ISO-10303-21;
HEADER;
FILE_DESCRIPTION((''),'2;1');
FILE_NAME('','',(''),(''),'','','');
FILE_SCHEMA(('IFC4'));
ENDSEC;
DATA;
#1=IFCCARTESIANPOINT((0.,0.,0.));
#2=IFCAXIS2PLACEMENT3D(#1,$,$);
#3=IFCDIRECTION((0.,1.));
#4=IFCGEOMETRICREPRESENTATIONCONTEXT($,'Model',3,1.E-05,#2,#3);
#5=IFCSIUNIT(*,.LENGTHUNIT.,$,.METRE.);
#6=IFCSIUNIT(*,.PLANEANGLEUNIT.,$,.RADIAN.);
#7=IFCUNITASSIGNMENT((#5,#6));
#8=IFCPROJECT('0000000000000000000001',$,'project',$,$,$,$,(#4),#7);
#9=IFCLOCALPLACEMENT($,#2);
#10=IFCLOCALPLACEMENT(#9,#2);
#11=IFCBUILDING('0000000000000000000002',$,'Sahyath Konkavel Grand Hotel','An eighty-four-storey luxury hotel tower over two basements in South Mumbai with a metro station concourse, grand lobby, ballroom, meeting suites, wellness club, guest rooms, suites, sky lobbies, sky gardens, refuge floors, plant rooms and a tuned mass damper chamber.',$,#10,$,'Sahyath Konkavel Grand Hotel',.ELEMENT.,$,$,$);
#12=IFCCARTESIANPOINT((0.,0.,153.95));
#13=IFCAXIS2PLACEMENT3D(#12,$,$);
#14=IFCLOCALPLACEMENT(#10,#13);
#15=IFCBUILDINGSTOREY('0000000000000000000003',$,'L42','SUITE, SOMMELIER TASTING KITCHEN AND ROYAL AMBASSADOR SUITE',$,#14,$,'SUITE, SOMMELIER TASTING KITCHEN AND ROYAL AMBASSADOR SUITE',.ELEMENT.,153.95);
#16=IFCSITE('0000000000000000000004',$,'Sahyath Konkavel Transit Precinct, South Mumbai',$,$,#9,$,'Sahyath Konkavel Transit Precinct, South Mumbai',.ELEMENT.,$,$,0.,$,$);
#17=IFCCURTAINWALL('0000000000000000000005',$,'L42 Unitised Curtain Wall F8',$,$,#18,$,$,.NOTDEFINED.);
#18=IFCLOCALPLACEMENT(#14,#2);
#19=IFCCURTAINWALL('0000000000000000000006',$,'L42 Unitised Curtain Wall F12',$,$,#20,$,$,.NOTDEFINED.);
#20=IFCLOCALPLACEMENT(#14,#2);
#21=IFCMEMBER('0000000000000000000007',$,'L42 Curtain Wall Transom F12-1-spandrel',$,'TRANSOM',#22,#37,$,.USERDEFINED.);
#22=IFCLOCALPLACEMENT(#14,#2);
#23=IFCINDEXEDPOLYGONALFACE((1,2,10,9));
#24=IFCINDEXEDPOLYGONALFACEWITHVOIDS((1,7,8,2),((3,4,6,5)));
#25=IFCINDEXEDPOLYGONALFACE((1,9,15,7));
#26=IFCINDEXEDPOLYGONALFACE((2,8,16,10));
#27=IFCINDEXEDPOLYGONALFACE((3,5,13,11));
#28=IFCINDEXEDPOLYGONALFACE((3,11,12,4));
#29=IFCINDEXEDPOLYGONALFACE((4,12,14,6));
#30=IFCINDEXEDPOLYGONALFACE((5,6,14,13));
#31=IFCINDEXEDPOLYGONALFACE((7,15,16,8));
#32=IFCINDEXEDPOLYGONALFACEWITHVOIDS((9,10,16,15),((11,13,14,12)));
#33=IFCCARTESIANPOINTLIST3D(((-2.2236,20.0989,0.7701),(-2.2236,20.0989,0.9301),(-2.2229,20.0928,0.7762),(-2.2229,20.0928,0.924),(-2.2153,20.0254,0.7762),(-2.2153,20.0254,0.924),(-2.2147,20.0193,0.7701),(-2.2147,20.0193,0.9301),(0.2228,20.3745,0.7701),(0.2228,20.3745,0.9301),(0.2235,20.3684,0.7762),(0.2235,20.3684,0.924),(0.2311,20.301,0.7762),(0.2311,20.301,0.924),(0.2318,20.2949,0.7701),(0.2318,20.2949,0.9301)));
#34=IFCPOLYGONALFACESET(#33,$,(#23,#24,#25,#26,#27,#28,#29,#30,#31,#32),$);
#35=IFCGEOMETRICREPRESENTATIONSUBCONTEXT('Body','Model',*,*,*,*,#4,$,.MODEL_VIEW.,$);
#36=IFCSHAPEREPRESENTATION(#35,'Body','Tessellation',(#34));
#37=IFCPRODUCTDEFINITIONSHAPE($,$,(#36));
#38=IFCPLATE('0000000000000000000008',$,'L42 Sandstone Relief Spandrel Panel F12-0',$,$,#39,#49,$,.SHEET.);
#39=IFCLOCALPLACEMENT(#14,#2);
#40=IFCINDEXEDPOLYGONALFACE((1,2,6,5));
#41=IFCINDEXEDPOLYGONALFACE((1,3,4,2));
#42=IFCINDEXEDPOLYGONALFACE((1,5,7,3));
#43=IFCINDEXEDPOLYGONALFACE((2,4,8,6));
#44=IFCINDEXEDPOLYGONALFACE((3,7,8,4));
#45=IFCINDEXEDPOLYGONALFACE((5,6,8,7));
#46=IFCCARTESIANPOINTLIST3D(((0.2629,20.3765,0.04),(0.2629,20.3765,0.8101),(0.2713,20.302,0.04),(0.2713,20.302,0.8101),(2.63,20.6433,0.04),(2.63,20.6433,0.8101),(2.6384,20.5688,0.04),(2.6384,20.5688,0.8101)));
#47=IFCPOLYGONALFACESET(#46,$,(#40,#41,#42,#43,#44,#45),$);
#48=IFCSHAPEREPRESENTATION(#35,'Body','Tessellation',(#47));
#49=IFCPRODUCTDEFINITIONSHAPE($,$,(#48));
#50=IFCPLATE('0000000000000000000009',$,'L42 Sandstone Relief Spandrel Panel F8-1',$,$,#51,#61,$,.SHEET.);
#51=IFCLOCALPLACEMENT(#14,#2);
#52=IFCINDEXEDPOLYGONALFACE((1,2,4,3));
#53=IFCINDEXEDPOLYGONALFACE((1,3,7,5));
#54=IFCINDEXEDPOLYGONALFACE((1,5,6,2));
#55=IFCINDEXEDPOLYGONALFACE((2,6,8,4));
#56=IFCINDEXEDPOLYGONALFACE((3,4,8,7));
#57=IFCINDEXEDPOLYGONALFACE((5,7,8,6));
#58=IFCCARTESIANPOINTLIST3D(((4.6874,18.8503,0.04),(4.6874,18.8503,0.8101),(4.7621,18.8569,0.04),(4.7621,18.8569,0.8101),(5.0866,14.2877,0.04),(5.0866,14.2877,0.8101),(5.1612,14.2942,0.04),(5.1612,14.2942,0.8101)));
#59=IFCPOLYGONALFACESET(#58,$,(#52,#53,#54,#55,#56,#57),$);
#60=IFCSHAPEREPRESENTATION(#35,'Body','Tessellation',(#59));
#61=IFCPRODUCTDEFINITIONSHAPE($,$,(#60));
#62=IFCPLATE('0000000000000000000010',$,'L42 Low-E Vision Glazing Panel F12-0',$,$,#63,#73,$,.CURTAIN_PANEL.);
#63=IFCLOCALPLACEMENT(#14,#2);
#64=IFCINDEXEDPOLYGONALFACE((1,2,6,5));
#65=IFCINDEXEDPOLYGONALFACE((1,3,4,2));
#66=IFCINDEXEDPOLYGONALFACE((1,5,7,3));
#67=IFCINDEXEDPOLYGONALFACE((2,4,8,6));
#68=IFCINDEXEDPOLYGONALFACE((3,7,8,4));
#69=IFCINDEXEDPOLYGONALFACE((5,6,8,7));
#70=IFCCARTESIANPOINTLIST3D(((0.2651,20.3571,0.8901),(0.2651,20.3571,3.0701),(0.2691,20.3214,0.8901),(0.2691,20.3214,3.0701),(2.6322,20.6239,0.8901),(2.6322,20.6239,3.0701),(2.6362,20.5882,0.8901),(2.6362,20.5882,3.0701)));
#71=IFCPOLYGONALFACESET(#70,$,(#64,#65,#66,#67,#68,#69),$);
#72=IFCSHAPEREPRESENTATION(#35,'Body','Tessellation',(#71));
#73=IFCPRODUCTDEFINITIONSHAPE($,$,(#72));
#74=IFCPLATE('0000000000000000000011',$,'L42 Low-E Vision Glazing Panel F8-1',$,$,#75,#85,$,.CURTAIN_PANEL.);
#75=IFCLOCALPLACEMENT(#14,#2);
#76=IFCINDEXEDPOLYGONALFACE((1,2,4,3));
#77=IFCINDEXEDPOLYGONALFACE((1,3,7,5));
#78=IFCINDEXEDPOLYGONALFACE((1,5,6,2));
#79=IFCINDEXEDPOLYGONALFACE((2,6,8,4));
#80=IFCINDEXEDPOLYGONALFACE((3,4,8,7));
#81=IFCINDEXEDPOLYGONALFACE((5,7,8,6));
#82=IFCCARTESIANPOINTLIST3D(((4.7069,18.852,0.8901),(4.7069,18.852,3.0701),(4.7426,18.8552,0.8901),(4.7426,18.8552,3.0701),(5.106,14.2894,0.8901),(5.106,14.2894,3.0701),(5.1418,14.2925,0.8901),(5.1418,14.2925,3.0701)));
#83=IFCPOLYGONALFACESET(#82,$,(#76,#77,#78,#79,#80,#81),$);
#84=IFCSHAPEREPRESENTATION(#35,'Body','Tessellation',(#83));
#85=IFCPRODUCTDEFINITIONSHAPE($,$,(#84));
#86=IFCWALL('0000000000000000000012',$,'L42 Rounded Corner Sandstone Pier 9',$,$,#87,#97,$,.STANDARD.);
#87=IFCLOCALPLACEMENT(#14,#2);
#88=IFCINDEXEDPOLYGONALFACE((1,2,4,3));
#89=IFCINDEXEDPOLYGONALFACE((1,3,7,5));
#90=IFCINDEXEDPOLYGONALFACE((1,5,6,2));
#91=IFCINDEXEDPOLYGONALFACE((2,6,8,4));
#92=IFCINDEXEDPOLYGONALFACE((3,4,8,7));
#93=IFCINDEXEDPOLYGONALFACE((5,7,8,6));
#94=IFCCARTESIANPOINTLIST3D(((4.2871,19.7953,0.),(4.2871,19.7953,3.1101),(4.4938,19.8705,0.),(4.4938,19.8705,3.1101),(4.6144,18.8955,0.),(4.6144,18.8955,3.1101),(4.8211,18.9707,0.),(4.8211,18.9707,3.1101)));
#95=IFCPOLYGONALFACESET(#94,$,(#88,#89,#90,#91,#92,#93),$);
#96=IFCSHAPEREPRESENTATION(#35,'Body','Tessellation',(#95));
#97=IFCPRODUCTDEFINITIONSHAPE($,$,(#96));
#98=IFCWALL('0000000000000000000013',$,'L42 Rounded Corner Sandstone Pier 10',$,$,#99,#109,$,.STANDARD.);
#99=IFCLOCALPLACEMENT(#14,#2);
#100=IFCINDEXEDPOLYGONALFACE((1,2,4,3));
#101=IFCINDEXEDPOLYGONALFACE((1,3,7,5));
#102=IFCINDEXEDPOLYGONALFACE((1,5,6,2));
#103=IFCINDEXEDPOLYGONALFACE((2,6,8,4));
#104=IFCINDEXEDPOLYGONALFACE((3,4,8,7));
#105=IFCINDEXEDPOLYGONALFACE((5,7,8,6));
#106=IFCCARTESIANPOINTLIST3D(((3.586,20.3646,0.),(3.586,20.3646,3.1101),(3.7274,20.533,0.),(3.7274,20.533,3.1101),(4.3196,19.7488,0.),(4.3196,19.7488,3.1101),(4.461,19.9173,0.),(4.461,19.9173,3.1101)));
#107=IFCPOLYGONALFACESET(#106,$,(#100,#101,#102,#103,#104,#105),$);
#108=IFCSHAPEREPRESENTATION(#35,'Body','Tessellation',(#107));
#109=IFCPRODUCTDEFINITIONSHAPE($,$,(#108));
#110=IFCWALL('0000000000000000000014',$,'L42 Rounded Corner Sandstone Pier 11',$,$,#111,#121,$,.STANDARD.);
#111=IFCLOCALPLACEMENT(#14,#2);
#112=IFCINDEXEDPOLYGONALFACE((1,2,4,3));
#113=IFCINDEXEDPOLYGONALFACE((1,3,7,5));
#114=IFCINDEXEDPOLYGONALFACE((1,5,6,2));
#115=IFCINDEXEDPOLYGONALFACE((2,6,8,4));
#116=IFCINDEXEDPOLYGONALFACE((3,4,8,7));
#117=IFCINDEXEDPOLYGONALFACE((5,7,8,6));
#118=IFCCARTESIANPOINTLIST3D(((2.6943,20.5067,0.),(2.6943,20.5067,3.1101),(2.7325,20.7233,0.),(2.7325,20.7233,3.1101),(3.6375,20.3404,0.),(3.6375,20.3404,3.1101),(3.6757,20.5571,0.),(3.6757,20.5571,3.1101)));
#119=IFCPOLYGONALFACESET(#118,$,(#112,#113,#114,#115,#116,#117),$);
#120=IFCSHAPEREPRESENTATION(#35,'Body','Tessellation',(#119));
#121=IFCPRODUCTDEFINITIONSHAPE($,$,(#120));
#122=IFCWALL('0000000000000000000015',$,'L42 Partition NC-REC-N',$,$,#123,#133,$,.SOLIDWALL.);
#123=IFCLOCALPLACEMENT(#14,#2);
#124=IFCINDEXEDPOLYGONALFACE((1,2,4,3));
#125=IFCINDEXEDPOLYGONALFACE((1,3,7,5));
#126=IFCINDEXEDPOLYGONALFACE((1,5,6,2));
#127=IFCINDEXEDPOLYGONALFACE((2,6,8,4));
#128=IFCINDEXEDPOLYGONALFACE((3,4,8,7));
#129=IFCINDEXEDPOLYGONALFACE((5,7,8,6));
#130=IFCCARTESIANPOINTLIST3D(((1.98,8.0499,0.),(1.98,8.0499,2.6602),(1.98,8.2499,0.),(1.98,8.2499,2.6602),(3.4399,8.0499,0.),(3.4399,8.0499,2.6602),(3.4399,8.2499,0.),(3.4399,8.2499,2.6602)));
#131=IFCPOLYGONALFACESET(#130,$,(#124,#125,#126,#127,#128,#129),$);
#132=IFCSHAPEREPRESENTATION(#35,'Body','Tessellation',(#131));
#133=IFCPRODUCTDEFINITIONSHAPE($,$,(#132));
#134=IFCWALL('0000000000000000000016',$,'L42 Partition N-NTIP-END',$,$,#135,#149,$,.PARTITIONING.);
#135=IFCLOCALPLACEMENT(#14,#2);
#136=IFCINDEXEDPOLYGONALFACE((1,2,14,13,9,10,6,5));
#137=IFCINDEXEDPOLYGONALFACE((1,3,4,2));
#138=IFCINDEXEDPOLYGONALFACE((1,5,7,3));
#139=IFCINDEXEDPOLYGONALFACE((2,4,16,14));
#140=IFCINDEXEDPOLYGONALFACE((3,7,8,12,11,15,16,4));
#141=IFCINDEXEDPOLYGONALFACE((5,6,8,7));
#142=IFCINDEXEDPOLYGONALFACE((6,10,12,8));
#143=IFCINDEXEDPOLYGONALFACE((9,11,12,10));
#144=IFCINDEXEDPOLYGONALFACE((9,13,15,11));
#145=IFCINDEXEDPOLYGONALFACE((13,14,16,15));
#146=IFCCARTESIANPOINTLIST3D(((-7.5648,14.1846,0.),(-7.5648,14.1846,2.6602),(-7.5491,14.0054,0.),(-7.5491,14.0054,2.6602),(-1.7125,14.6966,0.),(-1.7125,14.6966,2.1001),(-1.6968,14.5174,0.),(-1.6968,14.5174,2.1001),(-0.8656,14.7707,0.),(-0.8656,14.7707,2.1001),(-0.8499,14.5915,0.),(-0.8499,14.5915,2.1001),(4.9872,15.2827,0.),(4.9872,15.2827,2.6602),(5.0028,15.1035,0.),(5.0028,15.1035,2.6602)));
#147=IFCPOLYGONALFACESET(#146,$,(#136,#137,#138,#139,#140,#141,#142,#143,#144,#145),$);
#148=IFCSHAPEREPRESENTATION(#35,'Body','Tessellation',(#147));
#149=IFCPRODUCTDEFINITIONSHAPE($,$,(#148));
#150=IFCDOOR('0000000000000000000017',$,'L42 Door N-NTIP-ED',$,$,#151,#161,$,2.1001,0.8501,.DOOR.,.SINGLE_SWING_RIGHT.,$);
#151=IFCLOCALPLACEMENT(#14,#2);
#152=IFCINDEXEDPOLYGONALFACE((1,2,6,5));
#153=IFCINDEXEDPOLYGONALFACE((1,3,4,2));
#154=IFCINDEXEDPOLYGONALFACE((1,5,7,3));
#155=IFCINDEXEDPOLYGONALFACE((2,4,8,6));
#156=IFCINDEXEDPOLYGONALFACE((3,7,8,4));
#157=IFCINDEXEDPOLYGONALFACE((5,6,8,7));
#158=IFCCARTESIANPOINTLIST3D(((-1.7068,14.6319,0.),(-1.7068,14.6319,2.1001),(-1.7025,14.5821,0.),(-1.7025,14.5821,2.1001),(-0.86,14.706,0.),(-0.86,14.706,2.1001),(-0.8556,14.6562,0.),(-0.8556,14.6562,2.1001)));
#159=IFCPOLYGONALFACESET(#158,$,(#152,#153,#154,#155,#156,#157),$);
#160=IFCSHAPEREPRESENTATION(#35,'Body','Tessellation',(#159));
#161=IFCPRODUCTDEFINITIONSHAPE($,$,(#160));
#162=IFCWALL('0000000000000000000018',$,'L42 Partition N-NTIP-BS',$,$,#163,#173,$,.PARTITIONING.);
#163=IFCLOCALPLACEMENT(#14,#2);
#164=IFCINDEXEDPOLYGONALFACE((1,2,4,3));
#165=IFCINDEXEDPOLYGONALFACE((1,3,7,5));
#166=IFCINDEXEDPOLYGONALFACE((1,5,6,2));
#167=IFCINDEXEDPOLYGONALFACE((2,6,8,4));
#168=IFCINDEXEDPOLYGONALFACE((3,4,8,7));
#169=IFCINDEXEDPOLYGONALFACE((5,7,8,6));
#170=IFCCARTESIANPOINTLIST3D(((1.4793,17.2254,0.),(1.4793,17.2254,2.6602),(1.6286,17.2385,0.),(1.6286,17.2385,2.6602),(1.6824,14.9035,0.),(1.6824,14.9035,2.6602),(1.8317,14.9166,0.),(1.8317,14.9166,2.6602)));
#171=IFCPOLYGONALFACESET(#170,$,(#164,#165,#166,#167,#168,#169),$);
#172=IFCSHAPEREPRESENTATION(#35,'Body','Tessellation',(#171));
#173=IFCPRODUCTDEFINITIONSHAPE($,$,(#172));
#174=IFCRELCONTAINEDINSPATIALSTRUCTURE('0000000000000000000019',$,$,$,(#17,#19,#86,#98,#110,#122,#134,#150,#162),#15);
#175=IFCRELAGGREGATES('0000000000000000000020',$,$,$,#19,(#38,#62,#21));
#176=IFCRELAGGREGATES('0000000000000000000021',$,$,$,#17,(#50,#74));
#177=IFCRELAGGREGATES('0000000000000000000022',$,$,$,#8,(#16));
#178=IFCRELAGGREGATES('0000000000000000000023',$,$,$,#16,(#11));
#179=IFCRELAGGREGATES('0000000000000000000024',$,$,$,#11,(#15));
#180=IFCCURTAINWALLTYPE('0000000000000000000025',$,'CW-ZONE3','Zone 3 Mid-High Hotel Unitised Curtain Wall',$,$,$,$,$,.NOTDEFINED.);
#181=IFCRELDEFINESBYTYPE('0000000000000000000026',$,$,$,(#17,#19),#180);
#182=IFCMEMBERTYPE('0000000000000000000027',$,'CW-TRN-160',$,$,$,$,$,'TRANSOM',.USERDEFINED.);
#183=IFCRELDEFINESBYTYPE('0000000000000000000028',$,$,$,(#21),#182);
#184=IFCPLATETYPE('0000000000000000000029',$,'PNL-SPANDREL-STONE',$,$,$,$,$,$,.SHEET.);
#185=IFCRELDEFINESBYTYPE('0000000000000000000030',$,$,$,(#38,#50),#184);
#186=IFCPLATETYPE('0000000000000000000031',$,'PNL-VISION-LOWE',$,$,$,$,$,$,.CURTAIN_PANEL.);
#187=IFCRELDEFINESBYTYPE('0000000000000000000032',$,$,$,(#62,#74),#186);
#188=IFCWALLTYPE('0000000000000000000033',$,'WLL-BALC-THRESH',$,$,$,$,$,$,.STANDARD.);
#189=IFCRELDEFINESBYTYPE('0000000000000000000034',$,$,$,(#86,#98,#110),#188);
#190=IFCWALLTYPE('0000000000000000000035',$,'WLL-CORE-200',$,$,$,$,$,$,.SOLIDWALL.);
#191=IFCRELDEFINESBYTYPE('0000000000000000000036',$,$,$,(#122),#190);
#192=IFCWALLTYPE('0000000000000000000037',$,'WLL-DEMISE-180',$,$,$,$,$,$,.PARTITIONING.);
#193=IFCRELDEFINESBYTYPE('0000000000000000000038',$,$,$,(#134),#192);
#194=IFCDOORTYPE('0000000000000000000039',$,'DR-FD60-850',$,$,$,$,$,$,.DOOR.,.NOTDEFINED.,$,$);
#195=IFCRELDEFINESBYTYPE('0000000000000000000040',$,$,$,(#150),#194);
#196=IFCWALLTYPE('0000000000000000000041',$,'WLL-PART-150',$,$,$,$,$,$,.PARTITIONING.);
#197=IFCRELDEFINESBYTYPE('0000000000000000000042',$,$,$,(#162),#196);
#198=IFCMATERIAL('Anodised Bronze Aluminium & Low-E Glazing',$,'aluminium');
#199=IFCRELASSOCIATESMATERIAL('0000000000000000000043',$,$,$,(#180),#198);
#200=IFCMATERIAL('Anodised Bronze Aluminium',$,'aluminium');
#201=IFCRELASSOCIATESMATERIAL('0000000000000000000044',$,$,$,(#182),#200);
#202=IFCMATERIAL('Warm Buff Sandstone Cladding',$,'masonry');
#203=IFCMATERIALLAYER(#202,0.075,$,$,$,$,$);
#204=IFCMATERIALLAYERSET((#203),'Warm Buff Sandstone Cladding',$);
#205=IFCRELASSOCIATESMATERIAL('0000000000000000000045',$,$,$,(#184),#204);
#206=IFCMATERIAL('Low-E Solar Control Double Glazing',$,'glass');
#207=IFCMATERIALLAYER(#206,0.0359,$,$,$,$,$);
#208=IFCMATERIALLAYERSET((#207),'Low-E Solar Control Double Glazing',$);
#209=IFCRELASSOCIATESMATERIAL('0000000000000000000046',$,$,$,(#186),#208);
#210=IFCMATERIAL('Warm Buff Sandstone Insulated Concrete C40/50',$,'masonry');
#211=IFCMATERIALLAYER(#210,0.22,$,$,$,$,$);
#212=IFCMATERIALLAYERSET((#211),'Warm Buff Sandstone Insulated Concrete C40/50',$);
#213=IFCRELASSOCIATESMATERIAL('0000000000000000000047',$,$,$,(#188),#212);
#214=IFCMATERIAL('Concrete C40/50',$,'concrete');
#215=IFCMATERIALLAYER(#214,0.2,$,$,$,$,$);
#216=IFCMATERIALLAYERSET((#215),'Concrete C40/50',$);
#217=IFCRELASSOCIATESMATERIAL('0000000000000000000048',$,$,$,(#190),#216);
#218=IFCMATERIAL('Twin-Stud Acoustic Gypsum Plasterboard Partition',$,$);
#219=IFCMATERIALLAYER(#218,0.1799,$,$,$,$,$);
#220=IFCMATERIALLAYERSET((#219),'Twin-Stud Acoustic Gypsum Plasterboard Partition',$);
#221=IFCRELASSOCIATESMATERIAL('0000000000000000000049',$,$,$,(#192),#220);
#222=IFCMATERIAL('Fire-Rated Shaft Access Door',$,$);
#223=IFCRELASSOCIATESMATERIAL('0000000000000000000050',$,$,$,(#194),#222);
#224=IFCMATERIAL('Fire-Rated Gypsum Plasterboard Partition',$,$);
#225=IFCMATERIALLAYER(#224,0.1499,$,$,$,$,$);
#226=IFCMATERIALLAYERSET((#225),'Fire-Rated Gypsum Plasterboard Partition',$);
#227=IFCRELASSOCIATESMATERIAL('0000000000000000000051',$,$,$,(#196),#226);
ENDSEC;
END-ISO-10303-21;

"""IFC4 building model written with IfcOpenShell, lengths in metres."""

from ifc_helpers import new_model, si_unit, direction, frame, frame_2d, origin, origin_2d, place, context, subcontext, project, spatial, rectangle, hollow_rectangle, extrude, source, transform, mapped, material, layer, layer_set, material_profile, profile_set, type_object, element, fill, aggregate, save


model = new_model("IFC4")

# Units and contexts
model_context = context("Model", 3, precision=1e-05, world=origin(), true_north=direction((0.0, 1.0)))
body_context = subcontext(model_context, "Body", "Model", "MODEL_VIEW")
ifc_project = project(units=[si_unit("LENGTHUNIT", "METRE"), si_unit("PLANEANGLEUNIT", "RADIAN")], contexts=[model_context])

# Site, building, storey
site_placement = place(None, origin())
site = spatial("IfcSite", under=ifc_project, at=site_placement, Name="Sahyath Konkavel Transit Precinct, South Mumbai", LongName="Sahyath Konkavel Transit Precinct, South Mumbai", CompositionType="ELEMENT", RefElevation=0.0)
building_placement = place(site_placement, origin())
building = spatial("IfcBuilding", under=site, at=building_placement, Name="Sahyath Konkavel Grand Hotel", Description="An eighty-four-storey luxury hotel tower over two basements in South Mumbai with a metro station concourse, grand lobby, ballroom, meeting suites, wellness club, guest rooms, suites, sky lobbies, sky gardens, refuge floors, plant rooms and a tuned mass damper chamber.", LongName="Sahyath Konkavel Grand Hotel", CompositionType="ELEMENT")
storey_placement = place(building_placement, frame((0.0, 0.0, 153.95)))
storey = spatial("IfcBuildingStorey", under=building, at=storey_placement, Name="L42", Description="SUITE, SOMMELIER TASTING KITCHEN AND ROYAL AMBASSADOR SUITE", LongName="SUITE, SOMMELIER TASTING KITCHEN AND ROYAL AMBASSADOR SUITE", CompositionType="ELEMENT", Elevation=153.95)

# Shared definitions
ifc_material_1 = material(Name="Concrete C40/50", Category="concrete")

# Curtain wall
ifc_material_2 = material(Name="Anodised Bronze Aluminium & Low-E Glazing", Category="aluminium")
curtain_wall_type = type_object("IfcCurtainWallType", Name="CW-ZONE3", Description="Zone 3 Mid-High Hotel Unitised Curtain Wall", PredefinedType="NOTDEFINED", material=ifc_material_2)
curtain_wall_1_placement = place(storey_placement, origin())
curtain_wall_1 = element("IfcCurtainWall", 1, at=curtain_wall_1_placement, inside=storey, type_object=curtain_wall_type, Name="L42 Unitised Curtain Wall F8", PredefinedType="NOTDEFINED")
ifc_material_3 = material(Name="Anodised Bronze Aluminium", Category="aluminium")

# Curtain wall, member, plate
curtain_wall_2_placement = place(storey_placement, origin())
curtain_wall_2 = element("IfcCurtainWall", 2, at=curtain_wall_2_placement, inside=storey, type_object=curtain_wall_type, Name="L42 Unitised Curtain Wall F12", PredefinedType="NOTDEFINED")
ifc_material_profile_1 = material_profile(ifc_material_3, hollow_rectangle(XDim=0.0801, YDim=0.1599, WallThickness=0.0061, at=origin_2d()), Name="RHS 160x80x6")
ifc_profile_set_1 = profile_set([ifc_material_profile_1], Name="Anodised Bronze Aluminium")
member_type_1 = type_object("IfcMemberType", Name="CW-TRN-160", ElementType="TRANSOM", PredefinedType="USERDEFINED", material=ifc_profile_set_1)
shared_shape_1 = source(origin(), body_context, "Body", "SweptSolid", [
    extrude(hollow_rectangle(XDim=0.0801, YDim=0.1599, WallThickness=0.0061, at=origin_2d()), origin(), (0.0, 0.0, 1.0), 2.4619),
])
member_1_placement = place(storey_placement, frame((0.2273, 20.3347, 0.8501), z_axis=(-0.993713, -0.111955, 0.0), x_axis=(0.111955, -0.993713, 0.0)))
member_1 = element("IfcMember", 3, at=member_1_placement, type_object=member_type_1, Name="L42 Curtain Wall Transom F12-1-spandrel", ObjectType="TRANSOM", PredefinedType="USERDEFINED", context=body_context, shape_type="MappedRepresentation", body=[
    mapped(shared_shape_1, transform((0.0, 0.0, 0.0), scale=1.0)),
])
ifc_material_4 = material(Name="Warm Buff Sandstone Cladding", Category="masonry")
ifc_layer_1 = layer(ifc_material_4, 0.075)
ifc_layer_set_1 = layer_set([ifc_layer_1], Name="Warm Buff Sandstone Cladding")
plate_type_1 = type_object("IfcPlateType", Name="PNL-SPANDREL-STONE", PredefinedType="SHEET", material=ifc_layer_set_1)
shared_shape_2 = source(origin(), body_context, "Body", "SweptSolid", [
    extrude(rectangle(XDim=2.3821, YDim=0.075, at=origin_2d()), origin(), (0.0, 0.0, 1.0), 0.77),
])
plate_1_placement = place(storey_placement, frame((1.4507, 20.4727, 0.04), z_axis=(0.0, 0.0, 1.0), x_axis=(-0.993707, -0.112007, 0.0)))
plate_1 = element("IfcPlate", 4, at=plate_1_placement, type_object=plate_type_1, Name="L42 Sandstone Relief Spandrel Panel F12-0", PredefinedType="SHEET", context=body_context, shape_type="MappedRepresentation", body=[
    mapped(shared_shape_2, transform((0.0, 0.0, 0.0), scale=1.0)),
])

# Plates
shared_shape_3 = source(origin(), body_context, "Body", "SweptSolid", [
    extrude(rectangle(XDim=4.5801, YDim=0.075, at=origin_2d()), origin(), (0.0, 0.0, 1.0), 0.77),
])
plate_2_placement = place(storey_placement, frame((4.9243, 16.5723, 0.04), z_axis=(0.0, 0.0, 1.0), x_axis=(-0.087156, 0.996195, 0.0)))
plate_2 = element("IfcPlate", 5, at=plate_2_placement, type_object=plate_type_1, Name="L42 Sandstone Relief Spandrel Panel F8-1", PredefinedType="SHEET", context=body_context, shape_type="MappedRepresentation", body=[
    mapped(shared_shape_3, transform((0.0, 0.0, 0.0), scale=1.0)),
])
ifc_material_5 = material(Name="Low-E Solar Control Double Glazing", Category="glass")
ifc_layer_2 = layer(ifc_material_5, 0.0359)
ifc_layer_set_2 = layer_set([ifc_layer_2], Name="Low-E Solar Control Double Glazing")
plate_type_2 = type_object("IfcPlateType", Name="PNL-VISION-LOWE", PredefinedType="CURTAIN_PANEL", material=ifc_layer_set_2)
shared_shape_4 = source(origin(), body_context, "Body", "SweptSolid", [
    extrude(rectangle(XDim=2.3821, YDim=0.0359, at=origin_2d()), origin(), (0.0, 0.0, 1.0), 2.1799),
])
plate_3_placement = place(storey_placement, frame((1.4507, 20.4727, 0.8901), z_axis=(0.0, 0.0, 1.0), x_axis=(-0.993707, -0.112007, 0.0)))
plate_3 = element("IfcPlate", 6, at=plate_3_placement, type_object=plate_type_2, Name="L42 Low-E Vision Glazing Panel F12-0", PredefinedType="CURTAIN_PANEL", context=body_context, shape_type="MappedRepresentation", body=[
    mapped(shared_shape_4, transform((0.0, 0.0, 0.0), scale=1.0)),
])
aggregate(curtain_wall_2, [plate_1, plate_3, member_1])
shared_shape_5 = source(origin(), body_context, "Body", "SweptSolid", [
    extrude(rectangle(XDim=4.5801, YDim=0.0359, at=origin_2d()), origin(), (0.0, 0.0, 1.0), 2.1799),
])
plate_4_placement = place(storey_placement, frame((4.9243, 16.5723, 0.8901), z_axis=(0.0, 0.0, 1.0), x_axis=(-0.087156, 0.996195, 0.0)))
plate_4 = element("IfcPlate", 7, at=plate_4_placement, type_object=plate_type_2, Name="L42 Low-E Vision Glazing Panel F8-1", PredefinedType="CURTAIN_PANEL", context=body_context, shape_type="MappedRepresentation", body=[
    mapped(shared_shape_5, transform((0.0, 0.0, 0.0), scale=1.0)),
])
aggregate(curtain_wall_1, [plate_2, plate_4])

# Walls
ifc_material_6 = material(Name="Warm Buff Sandstone Insulated Concrete C40/50", Category="masonry")
ifc_layer_3 = layer(ifc_material_6, 0.22)
ifc_layer_set_3 = layer_set([ifc_layer_3], Name="Warm Buff Sandstone Insulated Concrete C40/50")
wall_type_1 = type_object("IfcWallType", Name="WLL-BALC-THRESH", PredefinedType="STANDARD", material=ifc_layer_set_3)
wall_1_placement = place(storey_placement, frame((4.7178, 18.9331, 0.0), z_axis=(0.0, 0.0, 1.0), x_axis=(-0.341886, 0.939741, 0.0)))
element("IfcWall", 8, at=wall_1_placement, inside=storey, type_object=wall_type_1, Name="L42 Rounded Corner Sandstone Pier 9", PredefinedType="STANDARD", context=body_context, shape_type="SweptSolid", body=[
    extrude(rectangle(XDim=0.9575, YDim=0.22, at=frame_2d((0.4788, 0.0))), origin(), (0.0, 0.0, 1.0), 3.1101),
])
for number, where, z_axis, x_axis, name in (
    (9, (4.3904, 19.833, 0.0), (0.0, 0.0, 1.0), (-0.765981, 0.642863, 0.0), "L42 Rounded Corner Sandstone Pier 10"),
    (10, (3.6567, 20.4487, 0.0), (0.0, 0.0, 1.0), (-0.984814, 0.173611, 0.0), "L42 Rounded Corner Sandstone Pier 11"),
):
    element("IfcWall", number, at=place(storey_placement, frame(where, z_axis=z_axis, x_axis=x_axis)), inside=storey, type_object=wall_type_1, Name=name, PredefinedType="STANDARD", context=body_context, shape_type="SweptSolid", body=[
        extrude(rectangle(XDim=0.9578, YDim=0.22, at=frame_2d((0.479, 0.0))), origin(), (0.0, 0.0, 1.0), 3.1101),
    ])
ifc_layer_4 = layer(ifc_material_1, 0.2)
ifc_layer_set_4 = layer_set([ifc_layer_4], Name="Concrete C40/50")
wall_type_2 = type_object("IfcWallType", Name="WLL-CORE-200", PredefinedType="SOLIDWALL", material=ifc_layer_set_4)
wall_2_placement = place(storey_placement, frame((1.98, 8.1499, 0.0), z_axis=(0.0, 0.0, 1.0), x_axis=(1.0, 0.0, 0.0)))
element("IfcWall", 11, at=wall_2_placement, inside=storey, type_object=wall_type_2, Name="L42 Partition NC-REC-N", PredefinedType="SOLIDWALL", context=body_context, shape_type="SweptSolid", body=[
    extrude(rectangle(XDim=1.46, YDim=0.2, at=frame_2d((0.73, 0.0))), origin(), (0.0, 0.0, 1.0), 2.6602),
])

# Wall, opening, door
ifc_material_7 = material(Name="Twin-Stud Acoustic Gypsum Plasterboard Partition")
ifc_layer_5 = layer(ifc_material_7, 0.1799)
ifc_layer_set_5 = layer_set([ifc_layer_5], Name="Twin-Stud Acoustic Gypsum Plasterboard Partition")
wall_type_3 = type_object("IfcWallType", Name="WLL-DEMISE-180", PredefinedType="PARTITIONING", material=ifc_layer_set_5)
wall_3_placement = place(storey_placement, frame((4.9949, 15.1931, 0.0), z_axis=(0.0, 0.0, 1.0), x_axis=(-0.996195, -0.087155, 0.0)))
wall_3 = element("IfcWall", 12, at=wall_3_placement, inside=storey, type_object=wall_type_3, Name="L42 Partition N-NTIP-END", PredefinedType="PARTITIONING", context=body_context, shape_type="SweptSolid", body=[
    extrude(rectangle(XDim=12.5999, YDim=0.1799, at=frame_2d((6.2998, 0.0))), origin(), (0.0, 0.0, 1.0), 2.6602),
])
opening_1_placement = place(wall_3_placement, frame((5.875, 0.0, 0.0)))
opening_1 = element("IfcOpeningElement", 13, at=opening_1_placement, cuts=wall_3, PredefinedType="OPENING", context=body_context, shape_type="SweptSolid", body=[
    extrude(rectangle(XDim=0.8501, YDim=2.1001, at=frame_2d((0.425, 1.05))), frame((0.0, 0.1001, 0.0), z_axis=(0.0, -1.0, 0.0), x_axis=(1.0, 0.0, 0.0)), (0.0, 0.0, 1.0), 0.2),
])
ifc_material_8 = material(Name="Fire-Rated Shaft Access Door")
door_type_1 = type_object("IfcDoorType", Name="DR-FD60-850", OperationType="NOTDEFINED", PredefinedType="DOOR", material=ifc_material_8)
shared_shape_6 = source(origin(), body_context, "Body", "SweptSolid", [
    extrude(rectangle(XDim=0.8501, YDim=0.05, at=origin_2d()), origin(), (0.0, 0.0, 1.0), 2.1001),
])
door_1_placement = place(opening_1_placement, frame((0.425, 0.0, 0.0)))
door_1 = element("IfcDoor", 14, at=door_1_placement, inside=storey, type_object=door_type_1, Name="L42 Door N-NTIP-ED", OperationType="SINGLE_SWING_RIGHT", OverallHeight=2.1001, OverallWidth=0.8501, PredefinedType="DOOR", context=body_context, shape_type="MappedRepresentation", body=[
    mapped(shared_shape_6, transform((0.0, 0.0, 0.0), scale=1.0)),
])
fill(opening_1, door_1)

# Wall
ifc_material_9 = material(Name="Fire-Rated Gypsum Plasterboard Partition")
ifc_layer_6 = layer(ifc_material_9, 0.1499)
ifc_layer_set_6 = layer_set([ifc_layer_6], Name="Fire-Rated Gypsum Plasterboard Partition")
wall_type_4 = type_object("IfcWallType", Name="WLL-PART-150", PredefinedType="PARTITIONING", material=ifc_layer_set_6)
wall_4_placement = place(storey_placement, frame((1.7571, 14.9099, 0.0), z_axis=(0.0, 0.0, 1.0), x_axis=(-0.087145, 0.996196, 0.0)))
element("IfcWall", 15, at=wall_4_placement, inside=storey, type_object=wall_type_4, Name="L42 Partition N-NTIP-BS", PredefinedType="PARTITIONING", context=body_context, shape_type="SweptSolid", body=[
    extrude(rectangle(XDim=2.3308, YDim=0.1499, at=frame_2d((1.1655, 0.0))), origin(), (0.0, 0.0, 1.0), 2.6602),
])

save(model, "model.ifc")
